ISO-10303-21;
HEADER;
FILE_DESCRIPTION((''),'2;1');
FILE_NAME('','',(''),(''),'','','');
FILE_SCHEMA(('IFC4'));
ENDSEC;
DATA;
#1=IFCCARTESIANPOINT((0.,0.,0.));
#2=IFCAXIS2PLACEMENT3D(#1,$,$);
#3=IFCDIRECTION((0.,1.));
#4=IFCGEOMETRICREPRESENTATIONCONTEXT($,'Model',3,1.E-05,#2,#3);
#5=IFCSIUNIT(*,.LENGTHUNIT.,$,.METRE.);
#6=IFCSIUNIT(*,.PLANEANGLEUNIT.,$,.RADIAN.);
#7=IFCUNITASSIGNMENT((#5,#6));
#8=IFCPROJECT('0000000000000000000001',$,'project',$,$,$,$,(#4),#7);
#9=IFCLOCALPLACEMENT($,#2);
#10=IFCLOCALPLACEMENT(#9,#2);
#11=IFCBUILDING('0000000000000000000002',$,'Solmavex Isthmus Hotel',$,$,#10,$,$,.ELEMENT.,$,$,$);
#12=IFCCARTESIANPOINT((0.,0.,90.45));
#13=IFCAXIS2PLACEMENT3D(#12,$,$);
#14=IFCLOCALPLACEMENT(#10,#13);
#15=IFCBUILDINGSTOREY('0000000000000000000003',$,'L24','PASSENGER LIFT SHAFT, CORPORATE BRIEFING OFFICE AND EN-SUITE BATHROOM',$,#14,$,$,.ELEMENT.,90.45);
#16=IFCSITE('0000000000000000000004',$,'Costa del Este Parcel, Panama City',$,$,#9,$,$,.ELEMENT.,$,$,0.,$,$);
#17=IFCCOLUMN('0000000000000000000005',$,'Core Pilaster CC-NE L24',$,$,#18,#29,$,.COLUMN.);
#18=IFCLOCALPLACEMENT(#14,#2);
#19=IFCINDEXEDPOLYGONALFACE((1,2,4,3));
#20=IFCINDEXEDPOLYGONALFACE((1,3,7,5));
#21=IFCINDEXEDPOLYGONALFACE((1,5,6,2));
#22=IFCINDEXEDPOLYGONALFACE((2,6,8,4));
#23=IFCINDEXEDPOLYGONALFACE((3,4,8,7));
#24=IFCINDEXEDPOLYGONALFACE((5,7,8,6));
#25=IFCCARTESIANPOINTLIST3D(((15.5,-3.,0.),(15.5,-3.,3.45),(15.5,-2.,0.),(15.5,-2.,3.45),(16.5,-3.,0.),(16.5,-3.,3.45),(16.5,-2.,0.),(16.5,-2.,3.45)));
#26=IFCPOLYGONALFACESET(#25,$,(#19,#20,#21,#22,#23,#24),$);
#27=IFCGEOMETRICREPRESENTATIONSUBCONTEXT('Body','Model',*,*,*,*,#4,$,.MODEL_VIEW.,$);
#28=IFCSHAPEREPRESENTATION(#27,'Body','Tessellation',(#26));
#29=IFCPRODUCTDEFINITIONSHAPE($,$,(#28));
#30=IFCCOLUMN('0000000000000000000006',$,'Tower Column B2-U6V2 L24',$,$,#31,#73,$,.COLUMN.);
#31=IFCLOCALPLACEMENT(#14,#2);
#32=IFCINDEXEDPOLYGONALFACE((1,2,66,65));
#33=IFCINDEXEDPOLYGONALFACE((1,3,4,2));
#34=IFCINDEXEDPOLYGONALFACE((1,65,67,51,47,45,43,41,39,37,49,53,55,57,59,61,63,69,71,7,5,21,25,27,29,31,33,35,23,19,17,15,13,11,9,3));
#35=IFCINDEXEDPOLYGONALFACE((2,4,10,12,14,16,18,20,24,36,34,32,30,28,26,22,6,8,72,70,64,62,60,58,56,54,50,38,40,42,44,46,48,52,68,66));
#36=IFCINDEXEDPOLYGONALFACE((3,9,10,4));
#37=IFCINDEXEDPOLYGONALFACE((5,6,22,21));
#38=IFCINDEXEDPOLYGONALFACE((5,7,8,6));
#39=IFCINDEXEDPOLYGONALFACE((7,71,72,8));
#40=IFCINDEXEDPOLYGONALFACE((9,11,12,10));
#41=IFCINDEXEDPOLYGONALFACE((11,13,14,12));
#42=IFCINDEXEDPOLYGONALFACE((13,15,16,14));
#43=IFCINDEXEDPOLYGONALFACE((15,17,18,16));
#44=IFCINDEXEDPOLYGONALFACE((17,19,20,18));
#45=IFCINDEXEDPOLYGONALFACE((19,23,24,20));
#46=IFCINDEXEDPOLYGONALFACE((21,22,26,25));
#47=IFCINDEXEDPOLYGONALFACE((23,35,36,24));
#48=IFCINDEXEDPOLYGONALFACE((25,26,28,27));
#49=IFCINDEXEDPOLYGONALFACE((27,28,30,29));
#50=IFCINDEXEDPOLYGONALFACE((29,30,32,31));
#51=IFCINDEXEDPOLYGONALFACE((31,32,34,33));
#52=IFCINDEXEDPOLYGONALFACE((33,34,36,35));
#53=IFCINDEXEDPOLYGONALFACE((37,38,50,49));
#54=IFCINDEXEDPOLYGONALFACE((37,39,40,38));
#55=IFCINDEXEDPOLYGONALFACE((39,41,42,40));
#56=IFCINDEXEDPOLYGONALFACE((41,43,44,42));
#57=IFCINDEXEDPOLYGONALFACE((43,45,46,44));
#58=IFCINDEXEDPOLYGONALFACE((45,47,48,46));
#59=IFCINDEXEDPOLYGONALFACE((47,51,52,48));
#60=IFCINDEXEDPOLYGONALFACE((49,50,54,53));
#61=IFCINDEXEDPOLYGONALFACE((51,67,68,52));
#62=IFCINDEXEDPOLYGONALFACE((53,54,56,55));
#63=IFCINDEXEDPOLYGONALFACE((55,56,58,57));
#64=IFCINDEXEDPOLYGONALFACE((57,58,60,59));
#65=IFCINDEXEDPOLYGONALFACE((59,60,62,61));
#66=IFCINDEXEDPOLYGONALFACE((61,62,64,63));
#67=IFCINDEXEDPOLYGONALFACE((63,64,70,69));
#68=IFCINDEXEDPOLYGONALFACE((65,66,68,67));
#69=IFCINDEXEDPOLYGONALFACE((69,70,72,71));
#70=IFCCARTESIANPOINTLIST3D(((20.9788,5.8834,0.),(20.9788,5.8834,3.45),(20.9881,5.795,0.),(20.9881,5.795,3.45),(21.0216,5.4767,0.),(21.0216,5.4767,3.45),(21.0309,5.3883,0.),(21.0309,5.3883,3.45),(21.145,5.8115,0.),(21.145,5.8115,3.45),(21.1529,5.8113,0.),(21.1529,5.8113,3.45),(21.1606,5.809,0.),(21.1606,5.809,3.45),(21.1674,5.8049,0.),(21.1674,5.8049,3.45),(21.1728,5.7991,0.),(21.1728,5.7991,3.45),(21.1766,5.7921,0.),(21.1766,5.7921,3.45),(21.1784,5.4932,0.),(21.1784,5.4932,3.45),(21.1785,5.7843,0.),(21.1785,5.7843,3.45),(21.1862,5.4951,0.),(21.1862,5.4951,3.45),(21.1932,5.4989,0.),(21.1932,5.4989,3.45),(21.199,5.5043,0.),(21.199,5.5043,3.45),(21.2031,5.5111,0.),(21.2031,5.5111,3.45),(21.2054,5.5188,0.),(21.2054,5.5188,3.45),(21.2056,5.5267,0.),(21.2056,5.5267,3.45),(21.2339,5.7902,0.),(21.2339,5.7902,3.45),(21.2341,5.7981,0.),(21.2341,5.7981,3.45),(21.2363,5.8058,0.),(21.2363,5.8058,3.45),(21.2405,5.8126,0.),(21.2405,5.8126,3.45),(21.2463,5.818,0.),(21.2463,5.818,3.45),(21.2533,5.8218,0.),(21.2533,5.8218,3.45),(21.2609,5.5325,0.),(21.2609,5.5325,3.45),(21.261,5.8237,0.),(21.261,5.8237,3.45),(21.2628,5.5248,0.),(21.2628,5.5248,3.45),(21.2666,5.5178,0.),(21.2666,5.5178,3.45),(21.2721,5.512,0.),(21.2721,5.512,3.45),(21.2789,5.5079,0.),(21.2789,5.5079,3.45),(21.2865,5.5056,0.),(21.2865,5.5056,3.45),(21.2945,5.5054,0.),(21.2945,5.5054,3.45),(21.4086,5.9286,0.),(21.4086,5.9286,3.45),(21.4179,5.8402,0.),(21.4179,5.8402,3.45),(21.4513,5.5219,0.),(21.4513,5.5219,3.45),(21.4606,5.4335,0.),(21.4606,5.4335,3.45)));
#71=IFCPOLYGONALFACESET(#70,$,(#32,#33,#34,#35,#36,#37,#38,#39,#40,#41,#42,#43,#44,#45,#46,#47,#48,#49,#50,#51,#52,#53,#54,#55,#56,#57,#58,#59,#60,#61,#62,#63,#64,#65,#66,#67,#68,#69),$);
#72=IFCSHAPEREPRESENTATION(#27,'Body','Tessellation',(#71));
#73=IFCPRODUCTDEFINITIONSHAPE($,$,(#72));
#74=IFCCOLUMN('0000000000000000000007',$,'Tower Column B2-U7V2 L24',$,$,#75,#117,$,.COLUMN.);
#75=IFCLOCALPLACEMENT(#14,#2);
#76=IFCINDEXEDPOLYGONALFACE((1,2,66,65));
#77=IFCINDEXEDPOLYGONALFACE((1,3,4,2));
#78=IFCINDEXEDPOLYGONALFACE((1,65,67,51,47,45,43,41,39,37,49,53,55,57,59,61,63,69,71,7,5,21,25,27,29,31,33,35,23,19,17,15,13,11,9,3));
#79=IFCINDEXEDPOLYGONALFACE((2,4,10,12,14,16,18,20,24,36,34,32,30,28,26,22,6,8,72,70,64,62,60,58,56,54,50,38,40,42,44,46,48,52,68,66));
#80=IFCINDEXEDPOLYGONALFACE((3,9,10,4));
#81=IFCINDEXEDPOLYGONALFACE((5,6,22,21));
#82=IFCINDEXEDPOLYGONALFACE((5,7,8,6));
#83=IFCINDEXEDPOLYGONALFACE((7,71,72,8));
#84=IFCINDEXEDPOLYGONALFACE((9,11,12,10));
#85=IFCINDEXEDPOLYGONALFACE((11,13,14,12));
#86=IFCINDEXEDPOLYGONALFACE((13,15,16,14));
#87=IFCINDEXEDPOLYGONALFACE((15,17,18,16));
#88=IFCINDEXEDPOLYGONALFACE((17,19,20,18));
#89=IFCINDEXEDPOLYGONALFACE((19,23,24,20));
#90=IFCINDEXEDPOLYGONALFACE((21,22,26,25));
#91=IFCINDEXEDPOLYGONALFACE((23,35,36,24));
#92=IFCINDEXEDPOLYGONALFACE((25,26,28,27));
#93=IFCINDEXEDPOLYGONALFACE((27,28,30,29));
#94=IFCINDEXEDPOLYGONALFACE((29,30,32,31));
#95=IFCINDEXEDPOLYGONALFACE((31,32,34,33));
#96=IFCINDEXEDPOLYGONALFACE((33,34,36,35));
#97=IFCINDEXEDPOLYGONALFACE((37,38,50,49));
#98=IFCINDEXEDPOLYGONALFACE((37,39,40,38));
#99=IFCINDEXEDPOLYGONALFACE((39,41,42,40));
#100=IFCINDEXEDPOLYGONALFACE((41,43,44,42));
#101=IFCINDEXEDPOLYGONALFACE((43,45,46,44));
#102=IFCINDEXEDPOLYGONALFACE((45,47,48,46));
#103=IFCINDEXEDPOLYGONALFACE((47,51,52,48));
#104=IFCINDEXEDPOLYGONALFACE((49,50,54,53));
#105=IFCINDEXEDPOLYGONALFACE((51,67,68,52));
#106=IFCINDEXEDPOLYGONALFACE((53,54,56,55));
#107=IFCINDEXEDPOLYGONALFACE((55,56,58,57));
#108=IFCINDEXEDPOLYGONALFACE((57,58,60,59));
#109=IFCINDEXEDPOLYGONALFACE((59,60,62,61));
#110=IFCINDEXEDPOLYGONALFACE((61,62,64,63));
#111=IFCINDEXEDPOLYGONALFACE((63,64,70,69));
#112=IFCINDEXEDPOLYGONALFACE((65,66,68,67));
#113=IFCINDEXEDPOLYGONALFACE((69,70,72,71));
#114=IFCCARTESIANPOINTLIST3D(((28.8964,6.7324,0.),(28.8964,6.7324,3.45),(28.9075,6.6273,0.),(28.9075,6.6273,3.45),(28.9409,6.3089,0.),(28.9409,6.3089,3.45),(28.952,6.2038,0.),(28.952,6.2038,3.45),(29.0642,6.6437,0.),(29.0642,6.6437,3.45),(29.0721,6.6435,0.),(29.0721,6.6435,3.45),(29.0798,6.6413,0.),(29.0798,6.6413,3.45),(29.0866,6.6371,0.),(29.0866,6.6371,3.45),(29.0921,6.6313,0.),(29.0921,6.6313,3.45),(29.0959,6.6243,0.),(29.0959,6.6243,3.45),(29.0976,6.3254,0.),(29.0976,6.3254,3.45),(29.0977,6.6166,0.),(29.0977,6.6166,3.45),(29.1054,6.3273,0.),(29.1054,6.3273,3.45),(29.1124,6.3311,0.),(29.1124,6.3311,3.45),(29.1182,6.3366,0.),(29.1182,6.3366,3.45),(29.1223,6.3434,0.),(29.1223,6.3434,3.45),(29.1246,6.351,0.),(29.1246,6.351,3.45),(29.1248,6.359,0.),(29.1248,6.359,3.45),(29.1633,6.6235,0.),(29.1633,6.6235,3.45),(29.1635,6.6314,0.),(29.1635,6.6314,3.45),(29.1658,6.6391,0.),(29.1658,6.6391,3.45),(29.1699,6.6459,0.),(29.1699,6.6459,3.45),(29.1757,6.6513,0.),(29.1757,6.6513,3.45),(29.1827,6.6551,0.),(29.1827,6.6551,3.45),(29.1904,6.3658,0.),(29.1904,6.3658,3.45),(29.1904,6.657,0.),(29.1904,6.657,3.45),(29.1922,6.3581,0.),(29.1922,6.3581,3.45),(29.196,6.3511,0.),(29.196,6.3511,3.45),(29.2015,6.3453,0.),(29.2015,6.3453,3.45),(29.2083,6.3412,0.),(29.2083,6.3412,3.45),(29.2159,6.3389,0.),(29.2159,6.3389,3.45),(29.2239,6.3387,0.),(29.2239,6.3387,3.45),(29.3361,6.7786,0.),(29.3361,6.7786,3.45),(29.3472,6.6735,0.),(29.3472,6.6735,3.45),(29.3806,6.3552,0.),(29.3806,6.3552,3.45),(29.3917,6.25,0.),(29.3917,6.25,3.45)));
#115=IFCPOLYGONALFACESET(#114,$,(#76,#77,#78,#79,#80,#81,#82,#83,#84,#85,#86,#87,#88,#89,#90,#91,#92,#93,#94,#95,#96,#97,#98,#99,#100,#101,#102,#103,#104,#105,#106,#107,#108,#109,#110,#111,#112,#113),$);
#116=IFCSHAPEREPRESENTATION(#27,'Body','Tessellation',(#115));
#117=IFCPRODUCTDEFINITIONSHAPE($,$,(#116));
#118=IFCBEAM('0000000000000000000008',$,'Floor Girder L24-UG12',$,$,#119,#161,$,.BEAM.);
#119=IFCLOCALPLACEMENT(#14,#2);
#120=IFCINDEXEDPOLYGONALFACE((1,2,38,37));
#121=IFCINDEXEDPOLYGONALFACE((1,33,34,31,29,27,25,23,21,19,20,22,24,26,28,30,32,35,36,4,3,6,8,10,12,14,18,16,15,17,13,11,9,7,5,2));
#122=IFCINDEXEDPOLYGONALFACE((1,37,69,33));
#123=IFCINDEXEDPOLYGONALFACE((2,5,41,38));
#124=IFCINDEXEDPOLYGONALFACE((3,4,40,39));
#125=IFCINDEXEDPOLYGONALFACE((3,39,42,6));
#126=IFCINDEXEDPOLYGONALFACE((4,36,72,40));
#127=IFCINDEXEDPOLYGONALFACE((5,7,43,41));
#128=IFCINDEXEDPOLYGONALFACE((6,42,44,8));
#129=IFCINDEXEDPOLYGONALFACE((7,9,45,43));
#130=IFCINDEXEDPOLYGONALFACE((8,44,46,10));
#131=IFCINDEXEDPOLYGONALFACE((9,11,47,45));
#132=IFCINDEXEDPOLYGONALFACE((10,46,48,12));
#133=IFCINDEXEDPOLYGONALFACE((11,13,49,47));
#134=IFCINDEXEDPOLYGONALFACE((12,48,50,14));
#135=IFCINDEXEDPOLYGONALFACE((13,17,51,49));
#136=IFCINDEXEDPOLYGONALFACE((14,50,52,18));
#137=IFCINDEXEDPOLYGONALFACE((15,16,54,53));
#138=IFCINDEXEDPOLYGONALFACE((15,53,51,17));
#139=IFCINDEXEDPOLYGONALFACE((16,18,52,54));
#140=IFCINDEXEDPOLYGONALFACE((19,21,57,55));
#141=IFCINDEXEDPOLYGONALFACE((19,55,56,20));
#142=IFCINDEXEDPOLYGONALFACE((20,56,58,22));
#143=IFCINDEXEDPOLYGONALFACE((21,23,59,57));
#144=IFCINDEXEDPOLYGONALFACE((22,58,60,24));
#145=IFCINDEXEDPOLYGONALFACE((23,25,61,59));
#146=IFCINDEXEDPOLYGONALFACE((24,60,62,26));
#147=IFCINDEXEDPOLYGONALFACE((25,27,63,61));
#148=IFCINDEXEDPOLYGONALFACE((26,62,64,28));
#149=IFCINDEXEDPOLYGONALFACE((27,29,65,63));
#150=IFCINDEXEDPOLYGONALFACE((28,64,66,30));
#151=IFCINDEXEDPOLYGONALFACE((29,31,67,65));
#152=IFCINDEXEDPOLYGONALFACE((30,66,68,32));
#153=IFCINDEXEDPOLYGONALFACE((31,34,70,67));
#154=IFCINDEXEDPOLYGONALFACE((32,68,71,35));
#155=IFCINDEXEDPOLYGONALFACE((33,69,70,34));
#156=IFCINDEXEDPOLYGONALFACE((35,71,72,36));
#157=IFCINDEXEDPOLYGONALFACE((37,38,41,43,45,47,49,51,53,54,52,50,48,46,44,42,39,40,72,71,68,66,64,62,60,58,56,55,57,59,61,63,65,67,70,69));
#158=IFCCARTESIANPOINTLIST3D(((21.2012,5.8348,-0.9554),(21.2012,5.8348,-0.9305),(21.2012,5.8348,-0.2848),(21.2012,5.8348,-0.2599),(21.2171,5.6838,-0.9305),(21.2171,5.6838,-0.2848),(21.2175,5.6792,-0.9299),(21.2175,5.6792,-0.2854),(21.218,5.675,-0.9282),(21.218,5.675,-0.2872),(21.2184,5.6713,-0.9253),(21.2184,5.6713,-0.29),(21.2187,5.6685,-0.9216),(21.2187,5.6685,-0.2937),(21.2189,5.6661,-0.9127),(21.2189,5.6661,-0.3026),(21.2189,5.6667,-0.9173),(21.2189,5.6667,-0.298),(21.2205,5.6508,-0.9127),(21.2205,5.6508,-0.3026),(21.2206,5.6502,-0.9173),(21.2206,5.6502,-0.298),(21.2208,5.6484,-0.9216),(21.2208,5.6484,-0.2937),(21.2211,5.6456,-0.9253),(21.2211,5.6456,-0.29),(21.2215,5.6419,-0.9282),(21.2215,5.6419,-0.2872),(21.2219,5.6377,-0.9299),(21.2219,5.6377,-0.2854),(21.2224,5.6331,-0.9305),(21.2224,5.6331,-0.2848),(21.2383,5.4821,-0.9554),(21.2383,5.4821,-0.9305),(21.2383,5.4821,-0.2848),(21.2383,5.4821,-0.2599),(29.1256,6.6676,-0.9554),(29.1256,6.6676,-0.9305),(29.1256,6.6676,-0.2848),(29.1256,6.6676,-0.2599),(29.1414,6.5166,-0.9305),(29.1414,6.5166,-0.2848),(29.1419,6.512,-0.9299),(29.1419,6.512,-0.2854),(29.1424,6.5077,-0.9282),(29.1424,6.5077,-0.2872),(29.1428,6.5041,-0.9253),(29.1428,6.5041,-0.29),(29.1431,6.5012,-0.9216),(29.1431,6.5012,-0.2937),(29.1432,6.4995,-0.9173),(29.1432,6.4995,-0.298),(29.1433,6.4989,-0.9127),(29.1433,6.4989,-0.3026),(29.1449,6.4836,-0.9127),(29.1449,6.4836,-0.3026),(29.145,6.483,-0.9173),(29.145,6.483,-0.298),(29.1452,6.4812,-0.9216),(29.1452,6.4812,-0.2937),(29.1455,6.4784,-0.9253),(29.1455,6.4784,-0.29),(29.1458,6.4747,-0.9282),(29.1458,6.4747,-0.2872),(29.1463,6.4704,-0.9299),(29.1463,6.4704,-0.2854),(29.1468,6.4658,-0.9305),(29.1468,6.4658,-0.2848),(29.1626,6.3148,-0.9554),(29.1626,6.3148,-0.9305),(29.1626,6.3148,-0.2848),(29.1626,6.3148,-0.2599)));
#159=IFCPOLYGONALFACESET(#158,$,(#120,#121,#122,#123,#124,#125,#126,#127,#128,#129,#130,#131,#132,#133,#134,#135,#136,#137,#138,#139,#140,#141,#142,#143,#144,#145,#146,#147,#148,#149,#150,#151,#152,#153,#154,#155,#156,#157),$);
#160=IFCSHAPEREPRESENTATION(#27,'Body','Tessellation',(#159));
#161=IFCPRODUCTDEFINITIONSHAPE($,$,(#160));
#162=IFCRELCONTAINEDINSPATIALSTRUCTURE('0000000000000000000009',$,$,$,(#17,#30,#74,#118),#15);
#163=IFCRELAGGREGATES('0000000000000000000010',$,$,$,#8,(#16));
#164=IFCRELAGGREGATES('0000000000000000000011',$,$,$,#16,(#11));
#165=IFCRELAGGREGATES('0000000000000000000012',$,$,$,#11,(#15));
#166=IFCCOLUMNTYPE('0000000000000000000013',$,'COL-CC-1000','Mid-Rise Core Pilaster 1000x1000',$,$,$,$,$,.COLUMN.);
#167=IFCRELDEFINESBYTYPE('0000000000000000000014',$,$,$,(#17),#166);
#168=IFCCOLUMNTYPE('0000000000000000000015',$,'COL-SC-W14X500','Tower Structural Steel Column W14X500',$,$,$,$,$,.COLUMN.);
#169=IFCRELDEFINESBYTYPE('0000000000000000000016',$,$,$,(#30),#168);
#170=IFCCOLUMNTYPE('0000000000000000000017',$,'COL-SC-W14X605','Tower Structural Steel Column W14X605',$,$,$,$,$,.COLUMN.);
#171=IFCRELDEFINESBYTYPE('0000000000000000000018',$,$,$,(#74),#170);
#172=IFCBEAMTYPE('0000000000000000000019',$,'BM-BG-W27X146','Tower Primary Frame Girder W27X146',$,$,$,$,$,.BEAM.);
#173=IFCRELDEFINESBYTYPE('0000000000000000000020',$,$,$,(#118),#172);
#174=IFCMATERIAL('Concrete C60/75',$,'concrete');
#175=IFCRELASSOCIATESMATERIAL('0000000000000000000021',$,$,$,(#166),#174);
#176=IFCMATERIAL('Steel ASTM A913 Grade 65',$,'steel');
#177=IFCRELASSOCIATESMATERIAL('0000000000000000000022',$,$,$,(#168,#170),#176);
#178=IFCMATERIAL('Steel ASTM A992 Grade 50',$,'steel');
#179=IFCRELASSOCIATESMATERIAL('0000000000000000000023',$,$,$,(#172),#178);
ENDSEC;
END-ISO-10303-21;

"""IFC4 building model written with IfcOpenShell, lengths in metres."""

from ifc_helpers import new_model, si_unit, direction, frame, origin, origin_2d, place, context, subcontext, project, spatial, rectangle, i_section, extrude, material, material_profile, profile_set, type_object, element, save


model = new_model("IFC4")

# Units and contexts
model_context = context("Model", 3, precision=1e-05, world=origin(), true_north=direction((0.0, 1.0)))
body_context = subcontext(model_context, "Body", "Model", "MODEL_VIEW")
ifc_project = project(units=[si_unit("LENGTHUNIT", "METRE"), si_unit("PLANEANGLEUNIT", "RADIAN")], contexts=[model_context])

# Site, building, storey
site_placement = place(None, origin())
site = spatial("IfcSite", under=ifc_project, at=site_placement, Name="Costa del Este Parcel, Panama City", CompositionType="ELEMENT", RefElevation=0.0)
building_placement = place(site_placement, origin())
building = spatial("IfcBuilding", under=site, at=building_placement, Name="Solmavex Isthmus Hotel", CompositionType="ELEMENT")
storey_placement = place(building_placement, frame((0.0, 0.0, 90.45)))
storey = spatial("IfcBuildingStorey", under=building, at=storey_placement, Name="L24", Description="PASSENGER LIFT SHAFT, CORPORATE BRIEFING OFFICE AND EN-SUITE BATHROOM", CompositionType="ELEMENT", Elevation=90.45)

# Columns
ifc_material_1 = material(Name="Concrete C60/75", Category="concrete")
ifc_material_profile_1 = material_profile(ifc_material_1, rectangle(XDim=1.0, YDim=1.0, at=origin_2d()), Name="RC1000X1000")
ifc_profile_set_1 = profile_set([ifc_material_profile_1], Name="Concrete C60/75")
column_type_1 = type_object("IfcColumnType", Name="COL-CC-1000", Description="Mid-Rise Core Pilaster 1000x1000", PredefinedType="COLUMN", material=ifc_profile_set_1)
column_1_placement = place(storey_placement, frame((16.0, -2.5, 0.0), z_axis=(0.0, 0.0, 1.0), x_axis=(1.0, 0.0, 0.0)))
element("IfcColumn", 1, at=column_1_placement, inside=storey, type_object=column_type_1, Name="Core Pilaster CC-NE L24", PredefinedType="COLUMN", context=body_context, shape_type="SweptSolid", body=[
    extrude(rectangle(XDim=1.0, YDim=1.0, at=origin_2d()), origin(), (0.0, 0.0, 1.0), 3.45),
])
ifc_material_2 = material(Name="Steel ASTM A913 Grade 65", Category="steel")
ifc_material_profile_2 = material_profile(ifc_material_2, i_section(OverallWidth=0.4321, OverallDepth=0.4978, WebThickness=0.0557, FlangeThickness=0.0889, FilletRadius=0.0305, at=origin_2d()), Name="W14X500")
ifc_profile_set_2 = profile_set([ifc_material_profile_2], Name="Steel ASTM A913 Grade 65")
column_type_2 = type_object("IfcColumnType", Name="COL-SC-W14X500", Description="Tower Structural Steel Column W14X500", PredefinedType="COLUMN", material=ifc_profile_set_2)
column_2_placement = place(storey_placement, frame((21.2197, 5.6584, 0.0), z_axis=(0.0, 0.0, 1.0), x_axis=(0.994522, 0.104528, 0.0)))
element("IfcColumn", 2, at=column_2_placement, inside=storey, type_object=column_type_2, Name="Tower Column B2-U6V2 L24", PredefinedType="COLUMN", context=body_context, shape_type="SweptSolid", body=[
    extrude(i_section(OverallWidth=0.4321, OverallDepth=0.4978, WebThickness=0.0557, FlangeThickness=0.0889, FilletRadius=0.0305, at=origin_2d()), origin(), (0.0, 0.0, 1.0), 3.45),
])
ifc_material_profile_3 = material_profile(ifc_material_2, i_section(OverallWidth=0.4421, OverallDepth=0.5315, WebThickness=0.0659, FlangeThickness=0.1057, FilletRadius=0.0305, at=origin_2d()), Name="W14X605")
ifc_profile_set_3 = profile_set([ifc_material_profile_3], Name="Steel ASTM A913 Grade 65")
column_type_3 = type_object("IfcColumnType", Name="COL-SC-W14X605", Description="Tower Structural Steel Column W14X605", PredefinedType="COLUMN", material=ifc_profile_set_3)
column_3_placement = place(storey_placement, frame((29.144, 6.4912, 0.0), z_axis=(0.0, 0.0, 1.0), x_axis=(0.994522, 0.104528, 0.0)))
element("IfcColumn", 3, at=column_3_placement, inside=storey, type_object=column_type_3, Name="Tower Column B2-U7V2 L24", PredefinedType="COLUMN", context=body_context, shape_type="SweptSolid", body=[
    extrude(i_section(OverallWidth=0.4421, OverallDepth=0.5315, WebThickness=0.0659, FlangeThickness=0.1057, FilletRadius=0.0305, at=origin_2d()), origin(), (0.0, 0.0, 1.0), 3.45),
])

# Beam
ifc_material_3 = material(Name="Steel ASTM A992 Grade 50", Category="steel")
ifc_material_profile_4 = material_profile(ifc_material_3, i_section(OverallWidth=0.3547, OverallDepth=0.6956, WebThickness=0.0154, FlangeThickness=0.0249, FilletRadius=0.0178, at=origin_2d()), Name="W27X146")
ifc_profile_set_4 = profile_set([ifc_material_profile_4], Name="Steel ASTM A992 Grade 50")
beam_type_1 = type_object("IfcBeamType", Name="BM-BG-W27X146", Description="Tower Primary Frame Girder W27X146", PredefinedType="BEAM", material=ifc_profile_set_4)
beam_1_placement = place(storey_placement, frame((21.2197, 5.6584, -0.6077), z_axis=(0.994523, 0.104514, 0.0), x_axis=(-0.104514, 0.994523, 0.0)))
element("IfcBeam", 4, at=beam_1_placement, inside=storey, type_object=beam_type_1, Name="Floor Girder L24-UG12", PredefinedType="BEAM", context=body_context, shape_type="SweptSolid", body=[
    extrude(i_section(OverallWidth=0.3547, OverallDepth=0.6956, WebThickness=0.0154, FlangeThickness=0.0249, FilletRadius=0.0178, at=origin_2d()), origin(), (0.0, 0.0, 1.0), 7.968),
])

save(model, "model.ifc")
